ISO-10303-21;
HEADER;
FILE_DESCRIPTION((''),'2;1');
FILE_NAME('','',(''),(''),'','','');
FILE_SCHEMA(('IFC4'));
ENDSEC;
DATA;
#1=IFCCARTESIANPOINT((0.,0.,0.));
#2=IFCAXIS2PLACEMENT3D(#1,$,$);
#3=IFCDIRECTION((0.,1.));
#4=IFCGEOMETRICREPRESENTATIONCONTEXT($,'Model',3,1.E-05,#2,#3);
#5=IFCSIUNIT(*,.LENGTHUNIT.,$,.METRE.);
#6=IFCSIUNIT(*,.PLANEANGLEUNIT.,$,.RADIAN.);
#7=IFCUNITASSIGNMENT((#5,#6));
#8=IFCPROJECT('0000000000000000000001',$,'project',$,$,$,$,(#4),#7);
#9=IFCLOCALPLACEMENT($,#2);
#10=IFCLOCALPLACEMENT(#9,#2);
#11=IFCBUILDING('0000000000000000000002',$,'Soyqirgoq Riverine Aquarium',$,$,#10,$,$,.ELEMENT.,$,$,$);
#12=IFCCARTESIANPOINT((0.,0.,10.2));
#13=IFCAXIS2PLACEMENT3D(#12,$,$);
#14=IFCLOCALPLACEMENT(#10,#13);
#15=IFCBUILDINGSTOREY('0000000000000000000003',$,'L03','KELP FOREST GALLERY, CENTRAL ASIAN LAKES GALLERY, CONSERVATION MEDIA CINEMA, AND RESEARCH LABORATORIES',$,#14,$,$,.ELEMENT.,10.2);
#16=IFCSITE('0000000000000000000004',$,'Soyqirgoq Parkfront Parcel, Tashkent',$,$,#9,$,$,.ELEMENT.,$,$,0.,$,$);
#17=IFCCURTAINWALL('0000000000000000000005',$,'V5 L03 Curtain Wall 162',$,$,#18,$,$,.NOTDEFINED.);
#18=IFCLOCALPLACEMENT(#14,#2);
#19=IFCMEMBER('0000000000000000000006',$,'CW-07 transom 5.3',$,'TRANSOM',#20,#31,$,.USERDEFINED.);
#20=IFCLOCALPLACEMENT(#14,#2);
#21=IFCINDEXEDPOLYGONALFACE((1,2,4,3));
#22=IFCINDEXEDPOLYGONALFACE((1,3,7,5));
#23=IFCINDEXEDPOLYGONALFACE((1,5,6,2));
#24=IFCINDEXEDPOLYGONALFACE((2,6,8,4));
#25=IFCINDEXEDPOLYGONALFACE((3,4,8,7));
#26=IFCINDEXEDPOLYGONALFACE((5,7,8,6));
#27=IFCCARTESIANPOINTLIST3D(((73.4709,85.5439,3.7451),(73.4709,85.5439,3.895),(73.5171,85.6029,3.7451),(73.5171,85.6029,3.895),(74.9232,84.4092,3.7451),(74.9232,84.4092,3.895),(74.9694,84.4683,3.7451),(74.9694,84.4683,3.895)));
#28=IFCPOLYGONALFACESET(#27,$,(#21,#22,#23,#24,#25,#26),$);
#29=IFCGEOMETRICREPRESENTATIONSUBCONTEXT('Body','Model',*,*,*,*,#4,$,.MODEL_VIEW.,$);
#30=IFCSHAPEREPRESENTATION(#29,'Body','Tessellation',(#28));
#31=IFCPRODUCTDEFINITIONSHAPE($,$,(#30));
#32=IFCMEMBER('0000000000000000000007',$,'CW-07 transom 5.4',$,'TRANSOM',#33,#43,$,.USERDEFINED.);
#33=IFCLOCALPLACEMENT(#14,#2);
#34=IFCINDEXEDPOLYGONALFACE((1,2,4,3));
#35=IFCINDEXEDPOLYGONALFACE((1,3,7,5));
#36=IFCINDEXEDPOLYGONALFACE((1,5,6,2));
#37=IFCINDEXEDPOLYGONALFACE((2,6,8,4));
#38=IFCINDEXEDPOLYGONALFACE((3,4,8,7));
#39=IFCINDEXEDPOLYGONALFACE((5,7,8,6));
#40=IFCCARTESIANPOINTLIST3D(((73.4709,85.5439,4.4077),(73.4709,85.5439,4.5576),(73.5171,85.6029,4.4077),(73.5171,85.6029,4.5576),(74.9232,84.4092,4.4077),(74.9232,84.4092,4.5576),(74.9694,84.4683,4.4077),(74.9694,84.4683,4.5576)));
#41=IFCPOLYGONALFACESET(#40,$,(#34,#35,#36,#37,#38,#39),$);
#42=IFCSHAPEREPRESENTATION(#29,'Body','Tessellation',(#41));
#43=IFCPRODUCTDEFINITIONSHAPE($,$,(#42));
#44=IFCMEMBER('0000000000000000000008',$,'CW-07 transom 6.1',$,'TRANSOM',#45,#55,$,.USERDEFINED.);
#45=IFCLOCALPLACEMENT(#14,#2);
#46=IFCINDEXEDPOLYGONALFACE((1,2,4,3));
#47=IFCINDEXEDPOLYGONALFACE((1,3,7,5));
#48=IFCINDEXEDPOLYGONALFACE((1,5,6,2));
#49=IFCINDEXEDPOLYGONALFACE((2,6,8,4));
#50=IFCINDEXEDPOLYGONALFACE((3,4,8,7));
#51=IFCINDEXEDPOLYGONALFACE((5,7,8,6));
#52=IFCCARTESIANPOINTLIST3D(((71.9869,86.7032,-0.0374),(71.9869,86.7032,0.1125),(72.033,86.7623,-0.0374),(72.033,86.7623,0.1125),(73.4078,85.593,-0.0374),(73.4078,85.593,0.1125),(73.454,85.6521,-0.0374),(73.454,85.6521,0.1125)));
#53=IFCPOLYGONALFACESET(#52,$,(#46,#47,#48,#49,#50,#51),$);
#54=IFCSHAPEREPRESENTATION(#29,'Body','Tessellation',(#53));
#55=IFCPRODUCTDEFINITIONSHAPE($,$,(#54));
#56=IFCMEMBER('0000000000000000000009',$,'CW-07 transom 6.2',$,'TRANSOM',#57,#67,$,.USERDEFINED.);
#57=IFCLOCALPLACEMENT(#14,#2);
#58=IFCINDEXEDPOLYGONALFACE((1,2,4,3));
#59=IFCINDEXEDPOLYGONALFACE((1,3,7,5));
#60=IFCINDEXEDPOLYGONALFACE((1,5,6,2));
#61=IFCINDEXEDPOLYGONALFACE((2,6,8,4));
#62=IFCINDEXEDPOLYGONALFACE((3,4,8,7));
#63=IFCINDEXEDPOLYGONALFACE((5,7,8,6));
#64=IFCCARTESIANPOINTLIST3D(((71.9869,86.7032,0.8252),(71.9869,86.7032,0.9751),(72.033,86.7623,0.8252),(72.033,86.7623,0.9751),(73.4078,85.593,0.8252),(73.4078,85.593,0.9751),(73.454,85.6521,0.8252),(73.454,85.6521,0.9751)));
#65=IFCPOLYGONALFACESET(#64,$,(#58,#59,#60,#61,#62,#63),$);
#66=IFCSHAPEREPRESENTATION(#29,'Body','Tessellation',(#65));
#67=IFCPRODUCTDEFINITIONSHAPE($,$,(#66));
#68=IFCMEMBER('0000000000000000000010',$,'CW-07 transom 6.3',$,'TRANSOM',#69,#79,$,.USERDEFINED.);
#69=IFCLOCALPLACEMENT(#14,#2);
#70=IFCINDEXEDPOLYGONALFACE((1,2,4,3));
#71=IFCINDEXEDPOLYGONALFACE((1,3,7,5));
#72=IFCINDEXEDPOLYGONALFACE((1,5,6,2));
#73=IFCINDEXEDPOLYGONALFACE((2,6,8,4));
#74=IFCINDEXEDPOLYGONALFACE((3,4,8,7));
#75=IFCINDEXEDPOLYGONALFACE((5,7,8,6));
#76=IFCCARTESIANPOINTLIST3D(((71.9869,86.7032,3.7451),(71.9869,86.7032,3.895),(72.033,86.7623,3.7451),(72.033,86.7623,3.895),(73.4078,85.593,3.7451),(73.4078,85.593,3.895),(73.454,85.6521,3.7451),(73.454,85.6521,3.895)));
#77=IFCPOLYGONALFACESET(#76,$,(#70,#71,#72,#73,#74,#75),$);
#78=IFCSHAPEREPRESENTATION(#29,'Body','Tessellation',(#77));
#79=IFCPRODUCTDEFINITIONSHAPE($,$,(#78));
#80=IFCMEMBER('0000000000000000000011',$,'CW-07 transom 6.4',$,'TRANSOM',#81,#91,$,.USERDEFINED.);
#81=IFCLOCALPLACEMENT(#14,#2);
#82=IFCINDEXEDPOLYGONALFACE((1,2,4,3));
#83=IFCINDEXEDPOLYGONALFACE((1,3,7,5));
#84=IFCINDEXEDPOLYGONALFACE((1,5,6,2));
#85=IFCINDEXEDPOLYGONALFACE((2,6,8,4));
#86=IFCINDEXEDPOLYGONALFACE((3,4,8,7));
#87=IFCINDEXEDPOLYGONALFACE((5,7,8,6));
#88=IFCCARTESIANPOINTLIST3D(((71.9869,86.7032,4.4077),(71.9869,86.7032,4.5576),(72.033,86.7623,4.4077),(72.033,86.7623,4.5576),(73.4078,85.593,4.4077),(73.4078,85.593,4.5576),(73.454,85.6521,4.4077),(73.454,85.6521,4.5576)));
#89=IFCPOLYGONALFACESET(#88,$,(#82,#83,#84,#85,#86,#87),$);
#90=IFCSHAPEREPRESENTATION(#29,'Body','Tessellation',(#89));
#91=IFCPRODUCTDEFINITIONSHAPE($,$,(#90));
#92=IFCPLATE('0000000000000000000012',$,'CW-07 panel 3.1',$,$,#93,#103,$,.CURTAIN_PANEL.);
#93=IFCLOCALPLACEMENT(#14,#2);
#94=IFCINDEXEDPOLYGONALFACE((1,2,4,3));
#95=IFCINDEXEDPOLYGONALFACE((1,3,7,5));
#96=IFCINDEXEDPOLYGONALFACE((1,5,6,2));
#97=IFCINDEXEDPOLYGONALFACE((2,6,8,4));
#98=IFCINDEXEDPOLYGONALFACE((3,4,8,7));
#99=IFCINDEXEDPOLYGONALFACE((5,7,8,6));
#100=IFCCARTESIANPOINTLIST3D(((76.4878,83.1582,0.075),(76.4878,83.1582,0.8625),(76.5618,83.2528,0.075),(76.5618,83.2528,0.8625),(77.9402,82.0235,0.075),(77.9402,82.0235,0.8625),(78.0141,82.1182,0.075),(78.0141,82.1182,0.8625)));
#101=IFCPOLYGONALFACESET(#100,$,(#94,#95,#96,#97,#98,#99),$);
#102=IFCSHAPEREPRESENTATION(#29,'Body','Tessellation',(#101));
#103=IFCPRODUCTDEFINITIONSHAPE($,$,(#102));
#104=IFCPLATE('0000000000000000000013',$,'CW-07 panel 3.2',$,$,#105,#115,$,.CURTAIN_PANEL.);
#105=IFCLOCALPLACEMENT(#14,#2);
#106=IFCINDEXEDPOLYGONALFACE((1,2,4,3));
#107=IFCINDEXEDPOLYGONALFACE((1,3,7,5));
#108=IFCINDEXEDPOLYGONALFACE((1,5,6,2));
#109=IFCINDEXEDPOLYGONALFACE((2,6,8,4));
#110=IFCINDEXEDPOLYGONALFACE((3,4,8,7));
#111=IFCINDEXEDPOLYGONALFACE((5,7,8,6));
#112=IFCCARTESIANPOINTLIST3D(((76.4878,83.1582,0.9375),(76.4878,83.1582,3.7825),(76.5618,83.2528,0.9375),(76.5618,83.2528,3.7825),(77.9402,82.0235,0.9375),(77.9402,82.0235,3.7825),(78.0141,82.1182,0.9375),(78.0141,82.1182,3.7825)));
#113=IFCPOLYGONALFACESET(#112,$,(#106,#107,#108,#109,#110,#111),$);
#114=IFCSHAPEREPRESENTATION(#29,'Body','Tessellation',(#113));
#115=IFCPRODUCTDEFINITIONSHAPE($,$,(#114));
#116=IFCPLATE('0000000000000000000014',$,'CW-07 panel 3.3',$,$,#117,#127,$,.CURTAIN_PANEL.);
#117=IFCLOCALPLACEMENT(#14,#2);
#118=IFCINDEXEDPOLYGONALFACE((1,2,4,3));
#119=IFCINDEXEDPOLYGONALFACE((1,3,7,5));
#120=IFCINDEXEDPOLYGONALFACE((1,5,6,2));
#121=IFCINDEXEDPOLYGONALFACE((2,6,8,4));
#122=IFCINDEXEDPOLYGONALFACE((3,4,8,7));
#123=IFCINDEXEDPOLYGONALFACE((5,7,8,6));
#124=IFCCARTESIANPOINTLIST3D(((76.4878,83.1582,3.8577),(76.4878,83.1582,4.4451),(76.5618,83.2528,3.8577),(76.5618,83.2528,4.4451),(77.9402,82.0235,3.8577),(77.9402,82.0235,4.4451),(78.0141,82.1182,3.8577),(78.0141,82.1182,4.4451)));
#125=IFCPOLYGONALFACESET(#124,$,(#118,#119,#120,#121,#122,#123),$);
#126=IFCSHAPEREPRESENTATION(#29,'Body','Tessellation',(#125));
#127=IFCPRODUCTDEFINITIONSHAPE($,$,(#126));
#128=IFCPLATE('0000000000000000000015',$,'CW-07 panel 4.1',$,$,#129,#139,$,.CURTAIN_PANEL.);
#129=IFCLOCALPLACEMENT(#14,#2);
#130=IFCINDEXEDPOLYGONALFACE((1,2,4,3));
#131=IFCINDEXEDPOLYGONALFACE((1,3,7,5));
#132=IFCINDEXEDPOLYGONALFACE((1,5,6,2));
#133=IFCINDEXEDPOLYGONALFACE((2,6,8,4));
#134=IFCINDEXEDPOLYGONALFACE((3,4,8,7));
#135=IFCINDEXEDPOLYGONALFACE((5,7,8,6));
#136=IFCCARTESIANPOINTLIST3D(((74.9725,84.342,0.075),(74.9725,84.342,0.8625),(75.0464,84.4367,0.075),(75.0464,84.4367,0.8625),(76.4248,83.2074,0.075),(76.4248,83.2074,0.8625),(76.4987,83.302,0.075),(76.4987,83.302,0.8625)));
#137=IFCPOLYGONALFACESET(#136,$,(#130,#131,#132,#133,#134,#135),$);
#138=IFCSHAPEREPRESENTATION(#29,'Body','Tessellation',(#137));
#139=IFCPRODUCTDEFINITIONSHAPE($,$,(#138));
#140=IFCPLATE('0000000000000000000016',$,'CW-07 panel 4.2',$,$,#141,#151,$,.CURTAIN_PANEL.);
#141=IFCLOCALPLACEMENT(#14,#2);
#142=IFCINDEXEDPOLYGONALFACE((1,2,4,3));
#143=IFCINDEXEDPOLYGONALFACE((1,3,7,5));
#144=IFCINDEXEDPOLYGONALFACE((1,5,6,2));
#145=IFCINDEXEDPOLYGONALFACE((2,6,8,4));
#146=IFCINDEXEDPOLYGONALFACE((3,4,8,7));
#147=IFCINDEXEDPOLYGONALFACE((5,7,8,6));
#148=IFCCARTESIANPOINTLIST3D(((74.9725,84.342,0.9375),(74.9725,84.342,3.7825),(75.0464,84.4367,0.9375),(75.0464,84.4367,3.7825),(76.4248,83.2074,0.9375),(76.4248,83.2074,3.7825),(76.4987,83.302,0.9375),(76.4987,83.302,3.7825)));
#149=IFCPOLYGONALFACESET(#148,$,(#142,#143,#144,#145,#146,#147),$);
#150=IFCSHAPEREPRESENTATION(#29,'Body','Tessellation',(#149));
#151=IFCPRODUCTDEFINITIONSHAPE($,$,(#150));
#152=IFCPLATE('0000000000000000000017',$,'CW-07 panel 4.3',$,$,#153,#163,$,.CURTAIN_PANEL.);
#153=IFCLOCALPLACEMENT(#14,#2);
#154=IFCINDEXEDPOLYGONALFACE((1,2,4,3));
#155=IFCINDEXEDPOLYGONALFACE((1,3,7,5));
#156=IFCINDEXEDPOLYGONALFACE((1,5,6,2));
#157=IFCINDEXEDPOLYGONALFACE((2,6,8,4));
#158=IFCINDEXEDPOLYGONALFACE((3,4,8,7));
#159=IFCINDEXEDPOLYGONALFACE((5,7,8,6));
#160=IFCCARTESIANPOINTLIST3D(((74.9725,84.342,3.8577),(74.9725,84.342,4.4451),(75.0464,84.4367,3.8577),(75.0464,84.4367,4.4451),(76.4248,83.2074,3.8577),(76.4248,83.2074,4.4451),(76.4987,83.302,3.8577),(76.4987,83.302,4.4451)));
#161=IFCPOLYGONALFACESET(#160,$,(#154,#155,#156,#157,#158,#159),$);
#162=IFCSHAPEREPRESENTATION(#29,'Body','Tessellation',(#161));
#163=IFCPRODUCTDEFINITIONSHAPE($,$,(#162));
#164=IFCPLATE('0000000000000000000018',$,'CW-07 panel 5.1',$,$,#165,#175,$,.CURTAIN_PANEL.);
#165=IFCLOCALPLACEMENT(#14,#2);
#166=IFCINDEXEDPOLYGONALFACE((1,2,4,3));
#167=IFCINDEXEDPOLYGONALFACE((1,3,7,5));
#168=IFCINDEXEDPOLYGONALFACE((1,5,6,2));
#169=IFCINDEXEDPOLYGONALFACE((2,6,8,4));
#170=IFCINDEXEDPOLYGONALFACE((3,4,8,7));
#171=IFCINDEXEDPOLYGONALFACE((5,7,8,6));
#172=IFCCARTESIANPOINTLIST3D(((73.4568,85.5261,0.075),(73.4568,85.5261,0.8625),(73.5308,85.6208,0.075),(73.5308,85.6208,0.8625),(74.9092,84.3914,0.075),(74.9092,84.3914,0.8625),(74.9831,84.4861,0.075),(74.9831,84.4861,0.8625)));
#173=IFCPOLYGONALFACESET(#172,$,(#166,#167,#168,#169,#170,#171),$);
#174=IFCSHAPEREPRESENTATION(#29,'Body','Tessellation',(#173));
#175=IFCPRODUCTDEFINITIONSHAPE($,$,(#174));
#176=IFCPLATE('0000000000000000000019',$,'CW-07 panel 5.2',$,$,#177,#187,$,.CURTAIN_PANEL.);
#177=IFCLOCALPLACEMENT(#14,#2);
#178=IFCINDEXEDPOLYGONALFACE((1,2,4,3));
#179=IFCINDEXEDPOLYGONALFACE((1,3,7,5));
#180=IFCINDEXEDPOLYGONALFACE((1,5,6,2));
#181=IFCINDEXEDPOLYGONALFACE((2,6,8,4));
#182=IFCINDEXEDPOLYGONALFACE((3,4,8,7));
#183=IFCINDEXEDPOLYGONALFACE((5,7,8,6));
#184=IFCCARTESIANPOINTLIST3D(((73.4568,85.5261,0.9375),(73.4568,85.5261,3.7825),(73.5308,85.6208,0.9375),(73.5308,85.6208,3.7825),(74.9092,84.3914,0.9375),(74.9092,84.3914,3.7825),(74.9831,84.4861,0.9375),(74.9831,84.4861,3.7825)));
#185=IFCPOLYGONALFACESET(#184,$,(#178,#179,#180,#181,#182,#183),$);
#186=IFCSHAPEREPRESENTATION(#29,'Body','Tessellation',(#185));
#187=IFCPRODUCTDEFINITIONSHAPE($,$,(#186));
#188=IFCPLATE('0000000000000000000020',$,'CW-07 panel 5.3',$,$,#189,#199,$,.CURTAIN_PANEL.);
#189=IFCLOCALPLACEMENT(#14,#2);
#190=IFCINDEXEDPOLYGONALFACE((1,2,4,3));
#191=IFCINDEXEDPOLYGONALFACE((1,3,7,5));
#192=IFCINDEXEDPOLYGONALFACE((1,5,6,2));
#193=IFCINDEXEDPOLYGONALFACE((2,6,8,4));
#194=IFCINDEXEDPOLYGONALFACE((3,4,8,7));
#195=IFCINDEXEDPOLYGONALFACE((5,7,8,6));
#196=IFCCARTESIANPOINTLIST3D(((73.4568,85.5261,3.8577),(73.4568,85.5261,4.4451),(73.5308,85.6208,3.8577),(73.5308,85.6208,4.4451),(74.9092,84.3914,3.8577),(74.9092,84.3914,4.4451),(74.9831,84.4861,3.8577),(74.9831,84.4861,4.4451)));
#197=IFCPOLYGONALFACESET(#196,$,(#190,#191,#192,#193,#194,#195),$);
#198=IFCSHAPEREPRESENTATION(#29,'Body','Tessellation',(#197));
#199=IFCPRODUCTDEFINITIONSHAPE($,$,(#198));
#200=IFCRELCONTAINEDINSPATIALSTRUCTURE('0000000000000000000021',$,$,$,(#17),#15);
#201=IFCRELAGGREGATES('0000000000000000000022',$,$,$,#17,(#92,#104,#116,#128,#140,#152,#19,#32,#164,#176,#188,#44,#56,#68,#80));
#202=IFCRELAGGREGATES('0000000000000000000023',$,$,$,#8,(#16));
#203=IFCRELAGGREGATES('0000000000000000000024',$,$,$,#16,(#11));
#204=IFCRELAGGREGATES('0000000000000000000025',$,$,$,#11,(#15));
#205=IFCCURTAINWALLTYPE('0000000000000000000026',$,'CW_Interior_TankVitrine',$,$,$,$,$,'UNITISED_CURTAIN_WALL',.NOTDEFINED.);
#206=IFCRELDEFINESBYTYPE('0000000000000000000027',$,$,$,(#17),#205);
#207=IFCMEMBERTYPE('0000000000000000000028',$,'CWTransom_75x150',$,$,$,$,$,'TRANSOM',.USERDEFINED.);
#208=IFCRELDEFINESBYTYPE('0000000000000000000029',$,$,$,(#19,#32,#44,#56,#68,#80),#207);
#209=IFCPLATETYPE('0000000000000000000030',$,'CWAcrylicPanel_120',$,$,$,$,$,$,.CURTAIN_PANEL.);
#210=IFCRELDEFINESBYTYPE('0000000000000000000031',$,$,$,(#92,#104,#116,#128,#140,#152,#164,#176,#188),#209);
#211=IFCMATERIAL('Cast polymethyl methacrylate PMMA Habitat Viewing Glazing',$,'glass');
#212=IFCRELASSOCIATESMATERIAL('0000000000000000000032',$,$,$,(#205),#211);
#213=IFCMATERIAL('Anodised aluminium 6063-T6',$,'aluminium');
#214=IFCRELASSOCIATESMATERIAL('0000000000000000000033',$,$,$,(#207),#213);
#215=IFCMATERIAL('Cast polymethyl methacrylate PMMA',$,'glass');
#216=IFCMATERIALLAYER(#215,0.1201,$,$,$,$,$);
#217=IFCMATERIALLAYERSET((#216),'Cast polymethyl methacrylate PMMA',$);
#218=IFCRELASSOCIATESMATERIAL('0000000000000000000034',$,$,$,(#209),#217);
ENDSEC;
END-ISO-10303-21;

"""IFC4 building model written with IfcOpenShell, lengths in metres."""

from ifc_helpers import new_model, si_unit, direction, frame, origin, origin_2d, place, context, subcontext, project, spatial, rectangle, extrude, material, layer, layer_set, material_profile, profile_set, type_object, element, aggregate, save


model = new_model("IFC4")

# Units and contexts
model_context = context("Model", 3, precision=1e-05, world=origin(), true_north=direction((0.0, 1.0)))
body_context = subcontext(model_context, "Body", "Model", "MODEL_VIEW")
ifc_project = project(units=[si_unit("LENGTHUNIT", "METRE"), si_unit("PLANEANGLEUNIT", "RADIAN")], contexts=[model_context])

# Site, building, storey
site_placement = place(None, origin())
site = spatial("IfcSite", under=ifc_project, at=site_placement, Name="Soyqirgoq Parkfront Parcel, Tashkent", CompositionType="ELEMENT", RefElevation=0.0)
building_placement = place(site_placement, origin())
building = spatial("IfcBuilding", under=site, at=building_placement, Name="Soyqirgoq Riverine Aquarium", CompositionType="ELEMENT")
storey_placement = place(building_placement, frame((0.0, 0.0, 10.2)))
storey = spatial("IfcBuildingStorey", under=building, at=storey_placement, Name="L03", Description="KELP FOREST GALLERY, CENTRAL ASIAN LAKES GALLERY, CONSERVATION MEDIA CINEMA, AND RESEARCH LABORATORIES", CompositionType="ELEMENT", Elevation=10.2)

# Curtain wall, members, plates
ifc_material_1 = material(Name="Cast polymethyl methacrylate PMMA Habitat Viewing Glazing", Category="glass")
curtain_wall_type = type_object("IfcCurtainWallType", Name="CW_Interior_TankVitrine", ElementType="UNITISED_CURTAIN_WALL", PredefinedType="NOTDEFINED", material=ifc_material_1)
curtain_wall_placement = place(storey_placement, origin())
curtain_wall = element("IfcCurtainWall", 1, at=curtain_wall_placement, inside=storey, type_object=curtain_wall_type, Name="V5 L03 Curtain Wall 162", PredefinedType="NOTDEFINED")
ifc_material_2 = material(Name="Anodised aluminium 6063-T6", Category="aluminium")
ifc_material_profile_1 = material_profile(ifc_material_2, rectangle(XDim=0.075, YDim=0.1499, at=origin_2d()), Name="ALU-T 75x150")
ifc_profile_set_1 = profile_set([ifc_material_profile_1], Name="Anodised aluminium 6063-T6")
member_type_1 = type_object("IfcMemberType", Name="CWTransom_75x150", ElementType="TRANSOM", PredefinedType="USERDEFINED", material=ifc_profile_set_1)
member_1_placement = place(storey_placement, frame((74.9463, 84.4387, 3.8201), z_axis=(-0.788002, 0.615672, 0.0), x_axis=(-0.615672, -0.788002, 0.0)))
member_1 = element("IfcMember", 2, at=member_1_placement, type_object=member_type_1, Name="CW-07 transom 5.3", ObjectType="TRANSOM", PredefinedType="USERDEFINED", context=body_context, shape_type="SweptSolid", body=[
    extrude(rectangle(XDim=0.075, YDim=0.1499, at=origin_2d()), origin(), (0.0, 0.0, 1.0), 1.843),
])
member_2_placement = place(storey_placement, frame((74.9463, 84.4387, 4.4827), z_axis=(-0.788002, 0.615672, 0.0), x_axis=(-0.615672, -0.788002, 0.0)))
member_2 = element("IfcMember", 3, at=member_2_placement, type_object=member_type_1, Name="CW-07 transom 5.4", ObjectType="TRANSOM", PredefinedType="USERDEFINED", context=body_context, shape_type="SweptSolid", body=[
    extrude(rectangle(XDim=0.075, YDim=0.1499, at=origin_2d()), origin(), (0.0, 0.0, 1.0), 1.843),
])
member_3_placement = place(storey_placement, frame((73.4309, 85.6226, 0.0376), z_axis=(-0.788016, 0.615655, 0.0), x_axis=(-0.615655, -0.788016, 0.0)))
member_3 = element("IfcMember", 4, at=member_3_placement, type_object=member_type_1, Name="CW-07 transom 6.1", ObjectType="TRANSOM", PredefinedType="USERDEFINED", context=body_context, shape_type="SweptSolid", body=[
    extrude(rectangle(XDim=0.075, YDim=0.1499, at=origin_2d()), origin(), (0.0, 0.0, 1.0), 1.8032),
])
member_4_placement = place(storey_placement, frame((73.4309, 85.6226, 0.9001), z_axis=(-0.788016, 0.615655, 0.0), x_axis=(-0.615655, -0.788016, 0.0)))
member_4 = element("IfcMember", 5, at=member_4_placement, type_object=member_type_1, Name="CW-07 transom 6.2", ObjectType="TRANSOM", PredefinedType="USERDEFINED", context=body_context, shape_type="SweptSolid", body=[
    extrude(rectangle(XDim=0.075, YDim=0.1499, at=origin_2d()), origin(), (0.0, 0.0, 1.0), 1.8032),
])
member_5_placement = place(storey_placement, frame((73.4309, 85.6226, 3.8201), z_axis=(-0.788016, 0.615655, 0.0), x_axis=(-0.615655, -0.788016, 0.0)))
member_5 = element("IfcMember", 6, at=member_5_placement, type_object=member_type_1, Name="CW-07 transom 6.3", ObjectType="TRANSOM", PredefinedType="USERDEFINED", context=body_context, shape_type="SweptSolid", body=[
    extrude(rectangle(XDim=0.075, YDim=0.1499, at=origin_2d()), origin(), (0.0, 0.0, 1.0), 1.8032),
])
member_6_placement = place(storey_placement, frame((73.4309, 85.6226, 4.4827), z_axis=(-0.788016, 0.615655, 0.0), x_axis=(-0.615655, -0.788016, 0.0)))
member_6 = element("IfcMember", 7, at=member_6_placement, type_object=member_type_1, Name="CW-07 transom 6.4", ObjectType="TRANSOM", PredefinedType="USERDEFINED", context=body_context, shape_type="SweptSolid", body=[
    extrude(rectangle(XDim=0.075, YDim=0.1499, at=origin_2d()), origin(), (0.0, 0.0, 1.0), 1.8032),
])
ifc_material_3 = material(Name="Cast polymethyl methacrylate PMMA", Category="glass")
ifc_layer = layer(ifc_material_3, 0.1201)
ifc_layer_set = layer_set([ifc_layer], Name="Cast polymethyl methacrylate PMMA")
plate_type = type_object("IfcPlateType", Name="CWAcrylicPanel_120", PredefinedType="CURTAIN_PANEL", material=ifc_layer_set)
plate_1_placement = place(storey_placement, frame((77.251, 82.6382, 0.075), z_axis=(0.0, 0.0, 1.0), x_axis=(-0.788016, 0.615655, 0.0)))
plate_1 = element("IfcPlate", 8, at=plate_1_placement, type_object=plate_type, Name="CW-07 panel 3.1", PredefinedType="CURTAIN_PANEL", context=body_context, shape_type="SweptSolid", body=[
    extrude(rectangle(XDim=1.843, YDim=0.1201, at=origin_2d()), origin(), (0.0, 0.0, 1.0), 0.7876),
])
plate_2_placement = place(storey_placement, frame((77.251, 82.6382, 0.9375), z_axis=(0.0, 0.0, 1.0), x_axis=(-0.788016, 0.615655, 0.0)))
plate_2 = element("IfcPlate", 9, at=plate_2_placement, type_object=plate_type, Name="CW-07 panel 3.2", PredefinedType="CURTAIN_PANEL", context=body_context, shape_type="SweptSolid", body=[
    extrude(rectangle(XDim=1.843, YDim=0.1201, at=origin_2d()), origin(), (0.0, 0.0, 1.0), 2.845),
])
plate_3_placement = place(storey_placement, frame((77.251, 82.6382, 3.8577), z_axis=(0.0, 0.0, 1.0), x_axis=(-0.788016, 0.615655, 0.0)))
plate_3 = element("IfcPlate", 10, at=plate_3_placement, type_object=plate_type, Name="CW-07 panel 3.3", PredefinedType="CURTAIN_PANEL", context=body_context, shape_type="SweptSolid", body=[
    extrude(rectangle(XDim=1.843, YDim=0.1201, at=origin_2d()), origin(), (0.0, 0.0, 1.0), 0.5874),
])
plate_4_placement = place(storey_placement, frame((75.7356, 83.822, 0.075), z_axis=(0.0, 0.0, 1.0), x_axis=(-0.788016, 0.615655, 0.0)))
plate_4 = element("IfcPlate", 11, at=plate_4_placement, type_object=plate_type, Name="CW-07 panel 4.1", PredefinedType="CURTAIN_PANEL", context=body_context, shape_type="SweptSolid", body=[
    extrude(rectangle(XDim=1.843, YDim=0.1201, at=origin_2d()), origin(), (0.0, 0.0, 1.0), 0.7876),
])
plate_5_placement = place(storey_placement, frame((75.7356, 83.822, 0.9375), z_axis=(0.0, 0.0, 1.0), x_axis=(-0.788016, 0.615655, 0.0)))
plate_5 = element("IfcPlate", 12, at=plate_5_placement, type_object=plate_type, Name="CW-07 panel 4.2", PredefinedType="CURTAIN_PANEL", context=body_context, shape_type="SweptSolid", body=[
    extrude(rectangle(XDim=1.843, YDim=0.1201, at=origin_2d()), origin(), (0.0, 0.0, 1.0), 2.845),
])
plate_6_placement = place(storey_placement, frame((75.7356, 83.822, 3.8577), z_axis=(0.0, 0.0, 1.0), x_axis=(-0.788016, 0.615655, 0.0)))
plate_6 = element("IfcPlate", 13, at=plate_6_placement, type_object=plate_type, Name="CW-07 panel 4.3", PredefinedType="CURTAIN_PANEL", context=body_context, shape_type="SweptSolid", body=[
    extrude(rectangle(XDim=1.843, YDim=0.1201, at=origin_2d()), origin(), (0.0, 0.0, 1.0), 0.5874),
])
plate_7_placement = place(storey_placement, frame((74.22, 85.0061, 0.075), z_axis=(0.0, 0.0, 1.0), x_axis=(-0.788016, 0.615655, 0.0)))
plate_7 = element("IfcPlate", 14, at=plate_7_placement, type_object=plate_type, Name="CW-07 panel 5.1", PredefinedType="CURTAIN_PANEL", context=body_context, shape_type="SweptSolid", body=[
    extrude(rectangle(XDim=1.843, YDim=0.1201, at=origin_2d()), origin(), (0.0, 0.0, 1.0), 0.7876),
])
plate_8_placement = place(storey_placement, frame((74.22, 85.0061, 0.9375), z_axis=(0.0, 0.0, 1.0), x_axis=(-0.788016, 0.615655, 0.0)))
plate_8 = element("IfcPlate", 15, at=plate_8_placement, type_object=plate_type, Name="CW-07 panel 5.2", PredefinedType="CURTAIN_PANEL", context=body_context, shape_type="SweptSolid", body=[
    extrude(rectangle(XDim=1.843, YDim=0.1201, at=origin_2d()), origin(), (0.0, 0.0, 1.0), 2.845),
])
plate_9_placement = place(storey_placement, frame((74.22, 85.0061, 3.8577), z_axis=(0.0, 0.0, 1.0), x_axis=(-0.788016, 0.615655, 0.0)))
plate_9 = element("IfcPlate", 16, at=plate_9_placement, type_object=plate_type, Name="CW-07 panel 5.3", PredefinedType="CURTAIN_PANEL", context=body_context, shape_type="SweptSolid", body=[
    extrude(rectangle(XDim=1.843, YDim=0.1201, at=origin_2d()), origin(), (0.0, 0.0, 1.0), 0.5874),
])
aggregate(curtain_wall, [plate_1, plate_2, plate_3, plate_4, plate_5, plate_6, member_1, member_2, plate_7, plate_8, plate_9, member_3, member_4, member_5, member_6])

save(model, "model.ifc")
